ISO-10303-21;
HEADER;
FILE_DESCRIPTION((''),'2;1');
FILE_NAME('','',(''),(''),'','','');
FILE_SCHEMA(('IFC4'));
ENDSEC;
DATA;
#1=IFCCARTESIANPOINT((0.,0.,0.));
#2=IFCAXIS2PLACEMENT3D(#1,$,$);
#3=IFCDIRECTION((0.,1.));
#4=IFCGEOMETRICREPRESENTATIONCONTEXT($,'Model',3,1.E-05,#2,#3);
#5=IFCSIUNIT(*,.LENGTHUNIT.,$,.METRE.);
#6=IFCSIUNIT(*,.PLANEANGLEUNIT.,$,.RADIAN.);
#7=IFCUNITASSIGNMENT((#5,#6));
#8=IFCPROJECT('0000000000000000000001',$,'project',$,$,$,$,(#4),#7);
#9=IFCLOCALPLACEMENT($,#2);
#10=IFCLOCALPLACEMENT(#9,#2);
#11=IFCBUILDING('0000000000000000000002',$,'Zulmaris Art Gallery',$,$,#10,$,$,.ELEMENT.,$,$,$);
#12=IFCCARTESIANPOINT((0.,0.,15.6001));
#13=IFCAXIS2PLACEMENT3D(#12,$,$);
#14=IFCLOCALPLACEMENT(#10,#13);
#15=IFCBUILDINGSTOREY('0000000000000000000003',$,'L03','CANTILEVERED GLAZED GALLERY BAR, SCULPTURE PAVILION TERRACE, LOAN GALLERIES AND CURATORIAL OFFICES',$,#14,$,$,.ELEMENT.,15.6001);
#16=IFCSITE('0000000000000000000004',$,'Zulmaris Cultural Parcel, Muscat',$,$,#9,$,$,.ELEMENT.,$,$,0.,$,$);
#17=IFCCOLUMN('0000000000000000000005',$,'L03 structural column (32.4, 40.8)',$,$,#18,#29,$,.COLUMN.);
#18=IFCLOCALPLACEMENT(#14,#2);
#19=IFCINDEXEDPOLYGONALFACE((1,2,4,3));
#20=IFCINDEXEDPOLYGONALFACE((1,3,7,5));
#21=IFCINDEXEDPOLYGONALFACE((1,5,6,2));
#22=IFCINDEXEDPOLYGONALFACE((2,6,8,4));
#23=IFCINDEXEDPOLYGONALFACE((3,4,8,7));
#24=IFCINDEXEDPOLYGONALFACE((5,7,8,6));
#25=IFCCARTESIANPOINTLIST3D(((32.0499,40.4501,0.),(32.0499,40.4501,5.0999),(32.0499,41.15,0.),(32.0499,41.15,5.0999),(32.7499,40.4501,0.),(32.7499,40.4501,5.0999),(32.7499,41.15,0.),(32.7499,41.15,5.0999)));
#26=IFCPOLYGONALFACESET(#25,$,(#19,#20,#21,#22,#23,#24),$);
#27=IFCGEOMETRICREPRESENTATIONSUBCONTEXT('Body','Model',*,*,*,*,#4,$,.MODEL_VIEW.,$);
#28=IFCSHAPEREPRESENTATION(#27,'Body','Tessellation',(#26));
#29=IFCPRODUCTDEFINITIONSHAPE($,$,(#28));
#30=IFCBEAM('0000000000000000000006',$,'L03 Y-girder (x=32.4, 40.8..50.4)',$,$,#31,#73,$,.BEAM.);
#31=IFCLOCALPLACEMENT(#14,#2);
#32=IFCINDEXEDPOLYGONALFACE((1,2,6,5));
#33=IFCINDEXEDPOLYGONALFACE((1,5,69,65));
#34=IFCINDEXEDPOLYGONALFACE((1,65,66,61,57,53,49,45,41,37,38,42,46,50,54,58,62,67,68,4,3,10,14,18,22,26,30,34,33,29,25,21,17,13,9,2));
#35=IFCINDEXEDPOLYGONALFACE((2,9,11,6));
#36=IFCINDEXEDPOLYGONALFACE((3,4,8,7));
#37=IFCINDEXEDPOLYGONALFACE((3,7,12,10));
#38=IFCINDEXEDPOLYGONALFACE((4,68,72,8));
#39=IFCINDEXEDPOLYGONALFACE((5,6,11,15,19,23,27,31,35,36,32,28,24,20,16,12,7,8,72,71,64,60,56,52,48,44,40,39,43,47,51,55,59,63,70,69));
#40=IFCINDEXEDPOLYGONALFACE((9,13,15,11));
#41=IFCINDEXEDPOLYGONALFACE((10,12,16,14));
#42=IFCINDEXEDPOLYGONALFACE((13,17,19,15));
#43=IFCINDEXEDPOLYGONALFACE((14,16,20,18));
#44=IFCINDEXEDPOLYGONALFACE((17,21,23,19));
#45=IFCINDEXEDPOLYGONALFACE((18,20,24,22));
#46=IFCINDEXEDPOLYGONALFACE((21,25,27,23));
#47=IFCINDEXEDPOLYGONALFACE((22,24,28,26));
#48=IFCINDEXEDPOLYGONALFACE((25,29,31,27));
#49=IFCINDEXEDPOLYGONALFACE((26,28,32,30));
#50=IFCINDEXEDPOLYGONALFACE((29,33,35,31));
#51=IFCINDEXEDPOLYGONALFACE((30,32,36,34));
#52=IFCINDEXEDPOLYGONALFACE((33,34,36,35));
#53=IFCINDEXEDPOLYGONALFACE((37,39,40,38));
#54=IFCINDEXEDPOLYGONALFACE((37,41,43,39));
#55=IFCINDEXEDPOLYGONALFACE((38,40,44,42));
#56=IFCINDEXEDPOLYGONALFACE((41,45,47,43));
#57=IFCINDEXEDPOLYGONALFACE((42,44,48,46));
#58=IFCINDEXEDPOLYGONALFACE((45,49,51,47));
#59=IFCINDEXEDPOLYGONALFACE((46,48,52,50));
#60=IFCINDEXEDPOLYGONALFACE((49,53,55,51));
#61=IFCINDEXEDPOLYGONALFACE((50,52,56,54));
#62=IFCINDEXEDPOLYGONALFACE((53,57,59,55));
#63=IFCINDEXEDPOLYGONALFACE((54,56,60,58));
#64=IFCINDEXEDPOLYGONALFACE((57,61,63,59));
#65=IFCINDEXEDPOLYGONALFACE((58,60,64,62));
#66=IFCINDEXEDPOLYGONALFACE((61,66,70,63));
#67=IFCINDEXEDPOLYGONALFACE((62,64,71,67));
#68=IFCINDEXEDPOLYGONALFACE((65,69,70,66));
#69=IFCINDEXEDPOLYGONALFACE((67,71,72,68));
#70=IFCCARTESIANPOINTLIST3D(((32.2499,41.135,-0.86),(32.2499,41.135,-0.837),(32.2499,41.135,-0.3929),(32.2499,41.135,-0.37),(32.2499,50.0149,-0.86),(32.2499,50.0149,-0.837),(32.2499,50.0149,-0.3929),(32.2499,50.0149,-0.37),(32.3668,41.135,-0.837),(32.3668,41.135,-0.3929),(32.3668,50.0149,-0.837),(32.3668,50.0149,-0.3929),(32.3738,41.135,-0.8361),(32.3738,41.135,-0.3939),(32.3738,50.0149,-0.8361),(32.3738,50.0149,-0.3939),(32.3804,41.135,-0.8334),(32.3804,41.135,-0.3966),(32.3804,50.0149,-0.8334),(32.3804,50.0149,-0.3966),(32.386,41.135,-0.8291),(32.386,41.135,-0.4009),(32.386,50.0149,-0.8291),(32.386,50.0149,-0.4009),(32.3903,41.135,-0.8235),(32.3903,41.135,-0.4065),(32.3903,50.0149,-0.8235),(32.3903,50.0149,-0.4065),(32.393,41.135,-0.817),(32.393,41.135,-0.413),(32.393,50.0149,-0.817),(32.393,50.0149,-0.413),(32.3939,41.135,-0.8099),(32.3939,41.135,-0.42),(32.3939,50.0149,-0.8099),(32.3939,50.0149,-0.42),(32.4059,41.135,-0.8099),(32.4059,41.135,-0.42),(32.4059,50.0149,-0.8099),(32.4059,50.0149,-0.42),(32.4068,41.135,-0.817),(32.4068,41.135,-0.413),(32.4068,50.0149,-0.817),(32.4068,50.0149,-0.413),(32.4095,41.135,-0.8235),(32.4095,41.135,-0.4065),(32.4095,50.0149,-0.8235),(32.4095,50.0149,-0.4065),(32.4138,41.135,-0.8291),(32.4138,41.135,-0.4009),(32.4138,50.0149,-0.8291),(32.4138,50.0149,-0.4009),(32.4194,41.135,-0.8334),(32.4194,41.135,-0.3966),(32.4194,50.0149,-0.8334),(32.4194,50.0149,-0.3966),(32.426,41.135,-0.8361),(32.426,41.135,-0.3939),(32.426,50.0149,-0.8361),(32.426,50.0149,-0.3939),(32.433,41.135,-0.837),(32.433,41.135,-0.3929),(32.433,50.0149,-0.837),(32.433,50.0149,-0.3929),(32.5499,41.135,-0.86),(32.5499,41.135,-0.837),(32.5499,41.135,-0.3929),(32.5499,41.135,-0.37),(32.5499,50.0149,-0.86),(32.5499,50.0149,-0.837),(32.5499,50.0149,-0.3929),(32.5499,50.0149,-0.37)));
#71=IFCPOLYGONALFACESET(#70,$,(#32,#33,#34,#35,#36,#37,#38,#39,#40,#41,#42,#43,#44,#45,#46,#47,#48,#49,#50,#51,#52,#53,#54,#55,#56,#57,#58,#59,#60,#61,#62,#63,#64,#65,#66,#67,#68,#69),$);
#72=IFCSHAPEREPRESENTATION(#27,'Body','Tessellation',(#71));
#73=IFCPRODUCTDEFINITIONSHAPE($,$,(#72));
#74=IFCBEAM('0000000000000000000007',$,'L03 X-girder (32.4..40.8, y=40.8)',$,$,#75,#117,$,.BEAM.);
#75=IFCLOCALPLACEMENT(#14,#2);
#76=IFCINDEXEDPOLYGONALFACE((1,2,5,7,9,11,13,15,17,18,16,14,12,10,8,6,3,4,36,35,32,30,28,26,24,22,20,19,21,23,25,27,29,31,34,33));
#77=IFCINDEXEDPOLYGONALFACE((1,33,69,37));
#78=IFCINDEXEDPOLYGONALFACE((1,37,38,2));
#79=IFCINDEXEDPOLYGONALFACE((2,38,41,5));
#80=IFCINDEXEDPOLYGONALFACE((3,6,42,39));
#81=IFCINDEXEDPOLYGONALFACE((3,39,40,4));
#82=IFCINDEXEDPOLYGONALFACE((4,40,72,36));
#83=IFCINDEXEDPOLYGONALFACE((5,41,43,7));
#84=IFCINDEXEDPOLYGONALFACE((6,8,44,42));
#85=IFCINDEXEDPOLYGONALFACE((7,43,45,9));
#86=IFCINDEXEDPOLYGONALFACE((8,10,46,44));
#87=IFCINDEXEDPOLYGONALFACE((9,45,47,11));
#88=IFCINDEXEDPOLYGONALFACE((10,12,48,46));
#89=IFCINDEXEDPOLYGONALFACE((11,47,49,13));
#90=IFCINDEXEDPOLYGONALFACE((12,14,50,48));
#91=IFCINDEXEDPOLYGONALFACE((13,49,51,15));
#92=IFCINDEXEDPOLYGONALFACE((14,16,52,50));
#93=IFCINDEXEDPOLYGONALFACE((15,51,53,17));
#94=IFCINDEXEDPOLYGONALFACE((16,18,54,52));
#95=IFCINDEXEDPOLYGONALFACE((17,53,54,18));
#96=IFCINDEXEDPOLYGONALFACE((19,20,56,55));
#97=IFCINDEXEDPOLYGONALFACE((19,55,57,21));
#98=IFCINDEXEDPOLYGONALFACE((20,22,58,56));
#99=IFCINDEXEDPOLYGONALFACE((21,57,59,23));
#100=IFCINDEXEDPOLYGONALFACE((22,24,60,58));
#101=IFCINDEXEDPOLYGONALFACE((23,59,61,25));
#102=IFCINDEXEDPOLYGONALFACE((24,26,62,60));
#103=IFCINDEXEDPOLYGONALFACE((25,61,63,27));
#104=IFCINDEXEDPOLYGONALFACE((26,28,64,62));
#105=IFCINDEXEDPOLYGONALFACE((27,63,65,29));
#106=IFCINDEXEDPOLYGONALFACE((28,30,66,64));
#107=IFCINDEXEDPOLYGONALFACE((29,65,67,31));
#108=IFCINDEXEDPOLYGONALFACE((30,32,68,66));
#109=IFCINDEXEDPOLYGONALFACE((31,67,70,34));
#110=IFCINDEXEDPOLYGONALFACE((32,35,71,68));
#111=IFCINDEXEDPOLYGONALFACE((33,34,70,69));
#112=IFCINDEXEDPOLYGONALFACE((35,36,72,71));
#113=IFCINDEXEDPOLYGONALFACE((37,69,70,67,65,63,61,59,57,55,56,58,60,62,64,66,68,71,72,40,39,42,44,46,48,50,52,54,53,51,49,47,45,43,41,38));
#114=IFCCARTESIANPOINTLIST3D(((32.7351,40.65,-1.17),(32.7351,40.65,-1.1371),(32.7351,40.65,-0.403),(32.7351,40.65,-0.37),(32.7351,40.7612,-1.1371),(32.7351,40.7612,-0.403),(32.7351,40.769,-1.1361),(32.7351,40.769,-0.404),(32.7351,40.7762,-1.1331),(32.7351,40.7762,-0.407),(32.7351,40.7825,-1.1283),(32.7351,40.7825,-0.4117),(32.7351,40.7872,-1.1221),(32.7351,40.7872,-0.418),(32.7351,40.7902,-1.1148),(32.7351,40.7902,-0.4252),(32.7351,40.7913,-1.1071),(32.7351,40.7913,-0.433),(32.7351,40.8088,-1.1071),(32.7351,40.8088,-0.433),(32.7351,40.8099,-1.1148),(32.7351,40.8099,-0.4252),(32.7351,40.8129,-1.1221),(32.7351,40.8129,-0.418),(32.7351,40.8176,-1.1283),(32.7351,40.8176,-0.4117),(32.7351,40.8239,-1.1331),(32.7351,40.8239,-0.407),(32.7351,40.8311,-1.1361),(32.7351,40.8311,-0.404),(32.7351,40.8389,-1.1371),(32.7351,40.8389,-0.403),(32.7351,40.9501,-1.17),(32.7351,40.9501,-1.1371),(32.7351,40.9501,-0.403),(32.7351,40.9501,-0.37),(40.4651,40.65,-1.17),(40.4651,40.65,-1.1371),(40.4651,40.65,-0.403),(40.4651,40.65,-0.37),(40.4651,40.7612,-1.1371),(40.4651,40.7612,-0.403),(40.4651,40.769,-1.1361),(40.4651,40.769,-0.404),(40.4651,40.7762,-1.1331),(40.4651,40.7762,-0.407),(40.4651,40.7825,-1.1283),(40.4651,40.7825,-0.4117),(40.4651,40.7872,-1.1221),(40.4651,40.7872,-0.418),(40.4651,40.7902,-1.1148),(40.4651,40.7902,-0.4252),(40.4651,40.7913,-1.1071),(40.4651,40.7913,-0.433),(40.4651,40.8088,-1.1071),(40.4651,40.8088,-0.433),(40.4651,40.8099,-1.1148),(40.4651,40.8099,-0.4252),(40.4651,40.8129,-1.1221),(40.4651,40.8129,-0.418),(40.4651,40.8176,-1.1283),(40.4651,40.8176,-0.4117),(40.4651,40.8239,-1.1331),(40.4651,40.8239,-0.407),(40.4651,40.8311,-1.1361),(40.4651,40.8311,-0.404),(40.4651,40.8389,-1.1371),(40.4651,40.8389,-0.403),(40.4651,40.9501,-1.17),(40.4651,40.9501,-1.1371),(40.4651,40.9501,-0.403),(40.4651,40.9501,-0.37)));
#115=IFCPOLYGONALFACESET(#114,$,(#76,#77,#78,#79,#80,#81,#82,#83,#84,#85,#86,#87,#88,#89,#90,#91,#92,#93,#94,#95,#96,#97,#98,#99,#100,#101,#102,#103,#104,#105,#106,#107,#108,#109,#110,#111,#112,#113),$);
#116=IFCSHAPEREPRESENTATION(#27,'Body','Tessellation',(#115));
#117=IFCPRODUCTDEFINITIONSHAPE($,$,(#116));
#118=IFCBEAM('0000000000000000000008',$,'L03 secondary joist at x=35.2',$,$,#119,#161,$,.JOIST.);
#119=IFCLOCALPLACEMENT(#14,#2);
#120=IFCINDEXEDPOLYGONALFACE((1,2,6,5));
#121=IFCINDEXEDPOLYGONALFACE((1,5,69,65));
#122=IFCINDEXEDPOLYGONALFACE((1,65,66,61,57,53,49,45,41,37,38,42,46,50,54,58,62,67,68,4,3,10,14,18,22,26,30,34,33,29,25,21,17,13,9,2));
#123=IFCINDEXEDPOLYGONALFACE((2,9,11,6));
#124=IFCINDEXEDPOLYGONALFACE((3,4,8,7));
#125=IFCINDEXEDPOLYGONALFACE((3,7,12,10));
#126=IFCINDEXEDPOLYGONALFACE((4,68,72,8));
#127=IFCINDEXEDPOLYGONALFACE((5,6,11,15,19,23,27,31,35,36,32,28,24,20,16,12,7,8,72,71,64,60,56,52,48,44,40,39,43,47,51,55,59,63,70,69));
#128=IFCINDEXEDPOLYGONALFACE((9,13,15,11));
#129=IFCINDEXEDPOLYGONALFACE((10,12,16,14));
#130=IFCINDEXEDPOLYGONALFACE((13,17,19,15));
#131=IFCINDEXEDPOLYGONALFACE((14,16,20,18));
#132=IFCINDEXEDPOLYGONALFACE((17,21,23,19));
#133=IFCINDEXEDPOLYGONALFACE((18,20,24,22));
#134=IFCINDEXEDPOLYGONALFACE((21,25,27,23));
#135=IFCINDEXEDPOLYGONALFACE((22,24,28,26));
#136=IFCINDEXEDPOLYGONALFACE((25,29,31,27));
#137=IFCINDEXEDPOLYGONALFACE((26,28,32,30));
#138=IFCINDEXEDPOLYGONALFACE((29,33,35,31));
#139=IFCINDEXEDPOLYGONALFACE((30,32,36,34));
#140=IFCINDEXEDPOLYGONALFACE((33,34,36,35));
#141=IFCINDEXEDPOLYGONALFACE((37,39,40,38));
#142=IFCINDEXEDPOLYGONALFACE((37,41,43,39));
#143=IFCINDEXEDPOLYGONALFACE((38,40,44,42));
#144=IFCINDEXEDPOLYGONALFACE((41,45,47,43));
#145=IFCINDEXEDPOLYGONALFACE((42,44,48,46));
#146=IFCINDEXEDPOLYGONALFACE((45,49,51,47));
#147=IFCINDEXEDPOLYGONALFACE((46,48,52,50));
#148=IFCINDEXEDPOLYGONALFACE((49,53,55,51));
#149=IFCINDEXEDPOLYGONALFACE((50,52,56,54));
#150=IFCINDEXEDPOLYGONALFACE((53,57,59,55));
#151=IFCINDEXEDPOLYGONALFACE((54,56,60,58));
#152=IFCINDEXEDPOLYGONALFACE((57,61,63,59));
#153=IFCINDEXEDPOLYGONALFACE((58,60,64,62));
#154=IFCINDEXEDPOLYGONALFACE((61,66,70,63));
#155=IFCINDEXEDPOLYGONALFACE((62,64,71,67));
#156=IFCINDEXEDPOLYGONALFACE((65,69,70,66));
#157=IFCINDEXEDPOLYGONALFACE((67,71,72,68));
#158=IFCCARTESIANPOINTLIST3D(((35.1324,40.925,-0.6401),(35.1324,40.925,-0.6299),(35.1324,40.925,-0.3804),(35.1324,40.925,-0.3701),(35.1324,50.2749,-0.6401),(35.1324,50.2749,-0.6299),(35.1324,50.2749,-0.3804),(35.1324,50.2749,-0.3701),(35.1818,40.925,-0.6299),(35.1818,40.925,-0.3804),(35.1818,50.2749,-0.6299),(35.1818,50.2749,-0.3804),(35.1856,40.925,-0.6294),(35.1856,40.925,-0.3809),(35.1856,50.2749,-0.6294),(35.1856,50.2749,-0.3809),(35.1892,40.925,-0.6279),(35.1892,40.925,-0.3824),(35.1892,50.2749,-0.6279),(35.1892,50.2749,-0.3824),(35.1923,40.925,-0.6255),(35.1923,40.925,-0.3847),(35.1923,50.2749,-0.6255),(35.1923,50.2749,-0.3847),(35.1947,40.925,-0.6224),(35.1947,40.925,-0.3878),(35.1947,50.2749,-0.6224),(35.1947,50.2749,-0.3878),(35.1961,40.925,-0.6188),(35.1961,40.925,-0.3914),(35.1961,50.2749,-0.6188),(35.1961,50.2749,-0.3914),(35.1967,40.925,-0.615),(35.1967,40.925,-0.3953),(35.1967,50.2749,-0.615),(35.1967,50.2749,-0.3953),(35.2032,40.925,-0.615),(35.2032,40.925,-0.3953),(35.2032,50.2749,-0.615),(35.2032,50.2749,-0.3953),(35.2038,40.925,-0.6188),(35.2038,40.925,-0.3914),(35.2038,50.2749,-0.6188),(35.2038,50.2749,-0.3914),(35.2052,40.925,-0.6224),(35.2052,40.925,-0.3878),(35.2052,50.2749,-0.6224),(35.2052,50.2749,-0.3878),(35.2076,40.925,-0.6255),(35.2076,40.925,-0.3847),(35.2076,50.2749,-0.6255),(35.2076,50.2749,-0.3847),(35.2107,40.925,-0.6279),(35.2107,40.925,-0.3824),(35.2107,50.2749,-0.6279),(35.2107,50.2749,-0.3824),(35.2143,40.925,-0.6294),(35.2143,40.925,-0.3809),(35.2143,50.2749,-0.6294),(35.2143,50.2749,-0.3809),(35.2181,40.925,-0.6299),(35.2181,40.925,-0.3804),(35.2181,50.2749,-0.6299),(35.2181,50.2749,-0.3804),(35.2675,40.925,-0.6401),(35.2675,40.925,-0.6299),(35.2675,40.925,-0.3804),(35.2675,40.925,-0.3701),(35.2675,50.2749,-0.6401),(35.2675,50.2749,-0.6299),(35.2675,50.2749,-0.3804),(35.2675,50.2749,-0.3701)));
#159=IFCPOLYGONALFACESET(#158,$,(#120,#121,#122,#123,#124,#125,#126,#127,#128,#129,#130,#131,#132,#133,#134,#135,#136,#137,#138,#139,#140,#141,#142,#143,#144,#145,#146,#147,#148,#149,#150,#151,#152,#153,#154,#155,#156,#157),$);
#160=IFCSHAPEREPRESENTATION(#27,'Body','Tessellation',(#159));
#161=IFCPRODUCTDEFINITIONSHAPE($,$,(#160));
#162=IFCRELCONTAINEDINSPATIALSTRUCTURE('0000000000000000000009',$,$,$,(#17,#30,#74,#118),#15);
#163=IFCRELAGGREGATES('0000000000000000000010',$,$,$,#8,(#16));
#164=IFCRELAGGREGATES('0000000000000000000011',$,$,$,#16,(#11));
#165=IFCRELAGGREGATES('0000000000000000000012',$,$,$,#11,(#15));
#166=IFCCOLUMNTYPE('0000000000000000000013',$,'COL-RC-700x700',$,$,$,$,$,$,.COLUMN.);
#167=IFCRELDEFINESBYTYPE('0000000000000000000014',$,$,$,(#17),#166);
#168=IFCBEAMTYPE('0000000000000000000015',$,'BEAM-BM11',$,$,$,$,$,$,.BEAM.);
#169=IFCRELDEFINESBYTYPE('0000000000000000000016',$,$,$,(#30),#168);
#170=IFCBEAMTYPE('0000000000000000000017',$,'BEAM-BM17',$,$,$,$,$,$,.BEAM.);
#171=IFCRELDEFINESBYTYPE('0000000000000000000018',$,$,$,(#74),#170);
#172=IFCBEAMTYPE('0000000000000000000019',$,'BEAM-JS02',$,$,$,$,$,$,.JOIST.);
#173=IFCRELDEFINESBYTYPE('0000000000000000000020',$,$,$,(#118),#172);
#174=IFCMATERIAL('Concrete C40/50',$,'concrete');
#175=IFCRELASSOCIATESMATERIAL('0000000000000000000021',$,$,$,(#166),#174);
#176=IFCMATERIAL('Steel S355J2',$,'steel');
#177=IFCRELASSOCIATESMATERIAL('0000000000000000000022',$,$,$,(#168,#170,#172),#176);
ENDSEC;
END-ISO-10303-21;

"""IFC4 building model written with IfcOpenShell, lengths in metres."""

from ifc_helpers import new_model, si_unit, direction, frame, origin, origin_2d, place, context, subcontext, project, spatial, rectangle, i_section, extrude, material, material_profile, profile_set, type_object, element, save


model = new_model("IFC4")

# Units and contexts
model_context = context("Model", 3, precision=1e-05, world=origin(), true_north=direction((0.0, 1.0)))
body_context = subcontext(model_context, "Body", "Model", "MODEL_VIEW")
ifc_project = project(units=[si_unit("LENGTHUNIT", "METRE"), si_unit("PLANEANGLEUNIT", "RADIAN")], contexts=[model_context])

# Site, building, storey
site_placement = place(None, origin())
site = spatial("IfcSite", under=ifc_project, at=site_placement, Name="Zulmaris Cultural Parcel, Muscat", CompositionType="ELEMENT", RefElevation=0.0)
building_placement = place(site_placement, origin())
building = spatial("IfcBuilding", under=site, at=building_placement, Name="Zulmaris Art Gallery", CompositionType="ELEMENT")
storey_placement = place(building_placement, frame((0.0, 0.0, 15.6001)))
storey = spatial("IfcBuildingStorey", under=building, at=storey_placement, Name="L03", Description="CANTILEVERED GLAZED GALLERY BAR, SCULPTURE PAVILION TERRACE, LOAN GALLERIES AND CURATORIAL OFFICES", CompositionType="ELEMENT", Elevation=15.6001)

# Column
ifc_material_1 = material(Name="Concrete C40/50", Category="concrete")
ifc_material_profile_1 = material_profile(ifc_material_1, rectangle(XDim=0.7, YDim=0.7, at=origin_2d()), Name="RC 700x700")
ifc_profile_set_1 = profile_set([ifc_material_profile_1], Name="Concrete C40/50")
column_type = type_object("IfcColumnType", Name="COL-RC-700x700", PredefinedType="COLUMN", material=ifc_profile_set_1)
column_placement = place(storey_placement, frame((32.3999, 40.8, 0.0), z_axis=(0.0, 0.0, 1.0), x_axis=(1.0, 0.0, 0.0)))
element("IfcColumn", 1, at=column_placement, inside=storey, type_object=column_type, Name="L03 structural column (32.4, 40.8)", PredefinedType="COLUMN", context=body_context, shape_type="SweptSolid", body=[
    extrude(rectangle(XDim=0.7, YDim=0.7, at=origin_2d()), origin(), (0.0, 0.0, 1.0), 5.0999),
])

# Beams
ifc_material_2 = material(Name="Steel S355J2", Category="steel")
ifc_material_profile_2 = material_profile(ifc_material_2, i_section(OverallWidth=0.3, OverallDepth=0.49, WebThickness=0.012, FlangeThickness=0.0229, FilletRadius=0.0271, at=origin_2d()), Name="HEA 500")
ifc_profile_set_2 = profile_set([ifc_material_profile_2], Name="Steel S355J2")
beam_type_1 = type_object("IfcBeamType", Name="BEAM-BM11", PredefinedType="BEAM", material=ifc_profile_set_2)
beam_1_placement = place(storey_placement, frame((32.3999, 41.135, -0.615), z_axis=(0.0, 1.0, 0.0), x_axis=(-1.0, 0.0, 0.0)))
element("IfcBeam", 2, at=beam_1_placement, inside=storey, type_object=beam_type_1, Name="L03 Y-girder (x=32.4, 40.8..50.4)", PredefinedType="BEAM", context=body_context, shape_type="SweptSolid", body=[
    extrude(i_section(OverallWidth=0.3, OverallDepth=0.49, WebThickness=0.012, FlangeThickness=0.0229, FilletRadius=0.0271, at=origin_2d()), origin(), (0.0, 0.0, 1.0), 8.8799),
])
ifc_material_profile_3 = material_profile(ifc_material_2, i_section(OverallWidth=0.3, OverallDepth=0.8, WebThickness=0.0176, FlangeThickness=0.033, FilletRadius=0.03, at=origin_2d()), Name="HEB 800")
ifc_profile_set_3 = profile_set([ifc_material_profile_3], Name="Steel S355J2")
beam_type_2 = type_object("IfcBeamType", Name="BEAM-BM17", PredefinedType="BEAM", material=ifc_profile_set_3)
beam_2_placement = place(storey_placement, frame((32.7351, 40.8, -0.77), z_axis=(1.0, 0.0, 0.0), x_axis=(0.0, 1.0, 0.0)))
element("IfcBeam", 3, at=beam_2_placement, inside=storey, type_object=beam_type_2, Name="L03 X-girder (32.4..40.8, y=40.8)", PredefinedType="BEAM", context=body_context, shape_type="SweptSolid", body=[
    extrude(i_section(OverallWidth=0.3, OverallDepth=0.8, WebThickness=0.0176, FlangeThickness=0.033, FilletRadius=0.03, at=origin_2d()), origin(), (0.0, 0.0, 1.0), 7.73),
])
ifc_material_profile_4 = material_profile(ifc_material_2, i_section(OverallWidth=0.135, OverallDepth=0.27, WebThickness=0.0066, FlangeThickness=0.0103, FilletRadius=0.0149, at=origin_2d()), Name="IPE 270")
ifc_profile_set_4 = profile_set([ifc_material_profile_4], Name="Steel S355J2")
beam_type_3 = type_object("IfcBeamType", Name="BEAM-JS02", PredefinedType="JOIST", material=ifc_profile_set_4)
beam_3_placement = place(storey_placement, frame((35.2, 40.925, -0.5051), z_axis=(0.0, 1.0, 0.0), x_axis=(-1.0, 0.0, 0.0)))
element("IfcBeam", 4, at=beam_3_placement, inside=storey, type_object=beam_type_3, Name="L03 secondary joist at x=35.2", PredefinedType="JOIST", context=body_context, shape_type="SweptSolid", body=[
    extrude(i_section(OverallWidth=0.135, OverallDepth=0.27, WebThickness=0.0066, FlangeThickness=0.0103, FilletRadius=0.0149, at=origin_2d()), origin(), (0.0, 0.0, 1.0), 9.3499),
])

save(model, "model.ifc")
